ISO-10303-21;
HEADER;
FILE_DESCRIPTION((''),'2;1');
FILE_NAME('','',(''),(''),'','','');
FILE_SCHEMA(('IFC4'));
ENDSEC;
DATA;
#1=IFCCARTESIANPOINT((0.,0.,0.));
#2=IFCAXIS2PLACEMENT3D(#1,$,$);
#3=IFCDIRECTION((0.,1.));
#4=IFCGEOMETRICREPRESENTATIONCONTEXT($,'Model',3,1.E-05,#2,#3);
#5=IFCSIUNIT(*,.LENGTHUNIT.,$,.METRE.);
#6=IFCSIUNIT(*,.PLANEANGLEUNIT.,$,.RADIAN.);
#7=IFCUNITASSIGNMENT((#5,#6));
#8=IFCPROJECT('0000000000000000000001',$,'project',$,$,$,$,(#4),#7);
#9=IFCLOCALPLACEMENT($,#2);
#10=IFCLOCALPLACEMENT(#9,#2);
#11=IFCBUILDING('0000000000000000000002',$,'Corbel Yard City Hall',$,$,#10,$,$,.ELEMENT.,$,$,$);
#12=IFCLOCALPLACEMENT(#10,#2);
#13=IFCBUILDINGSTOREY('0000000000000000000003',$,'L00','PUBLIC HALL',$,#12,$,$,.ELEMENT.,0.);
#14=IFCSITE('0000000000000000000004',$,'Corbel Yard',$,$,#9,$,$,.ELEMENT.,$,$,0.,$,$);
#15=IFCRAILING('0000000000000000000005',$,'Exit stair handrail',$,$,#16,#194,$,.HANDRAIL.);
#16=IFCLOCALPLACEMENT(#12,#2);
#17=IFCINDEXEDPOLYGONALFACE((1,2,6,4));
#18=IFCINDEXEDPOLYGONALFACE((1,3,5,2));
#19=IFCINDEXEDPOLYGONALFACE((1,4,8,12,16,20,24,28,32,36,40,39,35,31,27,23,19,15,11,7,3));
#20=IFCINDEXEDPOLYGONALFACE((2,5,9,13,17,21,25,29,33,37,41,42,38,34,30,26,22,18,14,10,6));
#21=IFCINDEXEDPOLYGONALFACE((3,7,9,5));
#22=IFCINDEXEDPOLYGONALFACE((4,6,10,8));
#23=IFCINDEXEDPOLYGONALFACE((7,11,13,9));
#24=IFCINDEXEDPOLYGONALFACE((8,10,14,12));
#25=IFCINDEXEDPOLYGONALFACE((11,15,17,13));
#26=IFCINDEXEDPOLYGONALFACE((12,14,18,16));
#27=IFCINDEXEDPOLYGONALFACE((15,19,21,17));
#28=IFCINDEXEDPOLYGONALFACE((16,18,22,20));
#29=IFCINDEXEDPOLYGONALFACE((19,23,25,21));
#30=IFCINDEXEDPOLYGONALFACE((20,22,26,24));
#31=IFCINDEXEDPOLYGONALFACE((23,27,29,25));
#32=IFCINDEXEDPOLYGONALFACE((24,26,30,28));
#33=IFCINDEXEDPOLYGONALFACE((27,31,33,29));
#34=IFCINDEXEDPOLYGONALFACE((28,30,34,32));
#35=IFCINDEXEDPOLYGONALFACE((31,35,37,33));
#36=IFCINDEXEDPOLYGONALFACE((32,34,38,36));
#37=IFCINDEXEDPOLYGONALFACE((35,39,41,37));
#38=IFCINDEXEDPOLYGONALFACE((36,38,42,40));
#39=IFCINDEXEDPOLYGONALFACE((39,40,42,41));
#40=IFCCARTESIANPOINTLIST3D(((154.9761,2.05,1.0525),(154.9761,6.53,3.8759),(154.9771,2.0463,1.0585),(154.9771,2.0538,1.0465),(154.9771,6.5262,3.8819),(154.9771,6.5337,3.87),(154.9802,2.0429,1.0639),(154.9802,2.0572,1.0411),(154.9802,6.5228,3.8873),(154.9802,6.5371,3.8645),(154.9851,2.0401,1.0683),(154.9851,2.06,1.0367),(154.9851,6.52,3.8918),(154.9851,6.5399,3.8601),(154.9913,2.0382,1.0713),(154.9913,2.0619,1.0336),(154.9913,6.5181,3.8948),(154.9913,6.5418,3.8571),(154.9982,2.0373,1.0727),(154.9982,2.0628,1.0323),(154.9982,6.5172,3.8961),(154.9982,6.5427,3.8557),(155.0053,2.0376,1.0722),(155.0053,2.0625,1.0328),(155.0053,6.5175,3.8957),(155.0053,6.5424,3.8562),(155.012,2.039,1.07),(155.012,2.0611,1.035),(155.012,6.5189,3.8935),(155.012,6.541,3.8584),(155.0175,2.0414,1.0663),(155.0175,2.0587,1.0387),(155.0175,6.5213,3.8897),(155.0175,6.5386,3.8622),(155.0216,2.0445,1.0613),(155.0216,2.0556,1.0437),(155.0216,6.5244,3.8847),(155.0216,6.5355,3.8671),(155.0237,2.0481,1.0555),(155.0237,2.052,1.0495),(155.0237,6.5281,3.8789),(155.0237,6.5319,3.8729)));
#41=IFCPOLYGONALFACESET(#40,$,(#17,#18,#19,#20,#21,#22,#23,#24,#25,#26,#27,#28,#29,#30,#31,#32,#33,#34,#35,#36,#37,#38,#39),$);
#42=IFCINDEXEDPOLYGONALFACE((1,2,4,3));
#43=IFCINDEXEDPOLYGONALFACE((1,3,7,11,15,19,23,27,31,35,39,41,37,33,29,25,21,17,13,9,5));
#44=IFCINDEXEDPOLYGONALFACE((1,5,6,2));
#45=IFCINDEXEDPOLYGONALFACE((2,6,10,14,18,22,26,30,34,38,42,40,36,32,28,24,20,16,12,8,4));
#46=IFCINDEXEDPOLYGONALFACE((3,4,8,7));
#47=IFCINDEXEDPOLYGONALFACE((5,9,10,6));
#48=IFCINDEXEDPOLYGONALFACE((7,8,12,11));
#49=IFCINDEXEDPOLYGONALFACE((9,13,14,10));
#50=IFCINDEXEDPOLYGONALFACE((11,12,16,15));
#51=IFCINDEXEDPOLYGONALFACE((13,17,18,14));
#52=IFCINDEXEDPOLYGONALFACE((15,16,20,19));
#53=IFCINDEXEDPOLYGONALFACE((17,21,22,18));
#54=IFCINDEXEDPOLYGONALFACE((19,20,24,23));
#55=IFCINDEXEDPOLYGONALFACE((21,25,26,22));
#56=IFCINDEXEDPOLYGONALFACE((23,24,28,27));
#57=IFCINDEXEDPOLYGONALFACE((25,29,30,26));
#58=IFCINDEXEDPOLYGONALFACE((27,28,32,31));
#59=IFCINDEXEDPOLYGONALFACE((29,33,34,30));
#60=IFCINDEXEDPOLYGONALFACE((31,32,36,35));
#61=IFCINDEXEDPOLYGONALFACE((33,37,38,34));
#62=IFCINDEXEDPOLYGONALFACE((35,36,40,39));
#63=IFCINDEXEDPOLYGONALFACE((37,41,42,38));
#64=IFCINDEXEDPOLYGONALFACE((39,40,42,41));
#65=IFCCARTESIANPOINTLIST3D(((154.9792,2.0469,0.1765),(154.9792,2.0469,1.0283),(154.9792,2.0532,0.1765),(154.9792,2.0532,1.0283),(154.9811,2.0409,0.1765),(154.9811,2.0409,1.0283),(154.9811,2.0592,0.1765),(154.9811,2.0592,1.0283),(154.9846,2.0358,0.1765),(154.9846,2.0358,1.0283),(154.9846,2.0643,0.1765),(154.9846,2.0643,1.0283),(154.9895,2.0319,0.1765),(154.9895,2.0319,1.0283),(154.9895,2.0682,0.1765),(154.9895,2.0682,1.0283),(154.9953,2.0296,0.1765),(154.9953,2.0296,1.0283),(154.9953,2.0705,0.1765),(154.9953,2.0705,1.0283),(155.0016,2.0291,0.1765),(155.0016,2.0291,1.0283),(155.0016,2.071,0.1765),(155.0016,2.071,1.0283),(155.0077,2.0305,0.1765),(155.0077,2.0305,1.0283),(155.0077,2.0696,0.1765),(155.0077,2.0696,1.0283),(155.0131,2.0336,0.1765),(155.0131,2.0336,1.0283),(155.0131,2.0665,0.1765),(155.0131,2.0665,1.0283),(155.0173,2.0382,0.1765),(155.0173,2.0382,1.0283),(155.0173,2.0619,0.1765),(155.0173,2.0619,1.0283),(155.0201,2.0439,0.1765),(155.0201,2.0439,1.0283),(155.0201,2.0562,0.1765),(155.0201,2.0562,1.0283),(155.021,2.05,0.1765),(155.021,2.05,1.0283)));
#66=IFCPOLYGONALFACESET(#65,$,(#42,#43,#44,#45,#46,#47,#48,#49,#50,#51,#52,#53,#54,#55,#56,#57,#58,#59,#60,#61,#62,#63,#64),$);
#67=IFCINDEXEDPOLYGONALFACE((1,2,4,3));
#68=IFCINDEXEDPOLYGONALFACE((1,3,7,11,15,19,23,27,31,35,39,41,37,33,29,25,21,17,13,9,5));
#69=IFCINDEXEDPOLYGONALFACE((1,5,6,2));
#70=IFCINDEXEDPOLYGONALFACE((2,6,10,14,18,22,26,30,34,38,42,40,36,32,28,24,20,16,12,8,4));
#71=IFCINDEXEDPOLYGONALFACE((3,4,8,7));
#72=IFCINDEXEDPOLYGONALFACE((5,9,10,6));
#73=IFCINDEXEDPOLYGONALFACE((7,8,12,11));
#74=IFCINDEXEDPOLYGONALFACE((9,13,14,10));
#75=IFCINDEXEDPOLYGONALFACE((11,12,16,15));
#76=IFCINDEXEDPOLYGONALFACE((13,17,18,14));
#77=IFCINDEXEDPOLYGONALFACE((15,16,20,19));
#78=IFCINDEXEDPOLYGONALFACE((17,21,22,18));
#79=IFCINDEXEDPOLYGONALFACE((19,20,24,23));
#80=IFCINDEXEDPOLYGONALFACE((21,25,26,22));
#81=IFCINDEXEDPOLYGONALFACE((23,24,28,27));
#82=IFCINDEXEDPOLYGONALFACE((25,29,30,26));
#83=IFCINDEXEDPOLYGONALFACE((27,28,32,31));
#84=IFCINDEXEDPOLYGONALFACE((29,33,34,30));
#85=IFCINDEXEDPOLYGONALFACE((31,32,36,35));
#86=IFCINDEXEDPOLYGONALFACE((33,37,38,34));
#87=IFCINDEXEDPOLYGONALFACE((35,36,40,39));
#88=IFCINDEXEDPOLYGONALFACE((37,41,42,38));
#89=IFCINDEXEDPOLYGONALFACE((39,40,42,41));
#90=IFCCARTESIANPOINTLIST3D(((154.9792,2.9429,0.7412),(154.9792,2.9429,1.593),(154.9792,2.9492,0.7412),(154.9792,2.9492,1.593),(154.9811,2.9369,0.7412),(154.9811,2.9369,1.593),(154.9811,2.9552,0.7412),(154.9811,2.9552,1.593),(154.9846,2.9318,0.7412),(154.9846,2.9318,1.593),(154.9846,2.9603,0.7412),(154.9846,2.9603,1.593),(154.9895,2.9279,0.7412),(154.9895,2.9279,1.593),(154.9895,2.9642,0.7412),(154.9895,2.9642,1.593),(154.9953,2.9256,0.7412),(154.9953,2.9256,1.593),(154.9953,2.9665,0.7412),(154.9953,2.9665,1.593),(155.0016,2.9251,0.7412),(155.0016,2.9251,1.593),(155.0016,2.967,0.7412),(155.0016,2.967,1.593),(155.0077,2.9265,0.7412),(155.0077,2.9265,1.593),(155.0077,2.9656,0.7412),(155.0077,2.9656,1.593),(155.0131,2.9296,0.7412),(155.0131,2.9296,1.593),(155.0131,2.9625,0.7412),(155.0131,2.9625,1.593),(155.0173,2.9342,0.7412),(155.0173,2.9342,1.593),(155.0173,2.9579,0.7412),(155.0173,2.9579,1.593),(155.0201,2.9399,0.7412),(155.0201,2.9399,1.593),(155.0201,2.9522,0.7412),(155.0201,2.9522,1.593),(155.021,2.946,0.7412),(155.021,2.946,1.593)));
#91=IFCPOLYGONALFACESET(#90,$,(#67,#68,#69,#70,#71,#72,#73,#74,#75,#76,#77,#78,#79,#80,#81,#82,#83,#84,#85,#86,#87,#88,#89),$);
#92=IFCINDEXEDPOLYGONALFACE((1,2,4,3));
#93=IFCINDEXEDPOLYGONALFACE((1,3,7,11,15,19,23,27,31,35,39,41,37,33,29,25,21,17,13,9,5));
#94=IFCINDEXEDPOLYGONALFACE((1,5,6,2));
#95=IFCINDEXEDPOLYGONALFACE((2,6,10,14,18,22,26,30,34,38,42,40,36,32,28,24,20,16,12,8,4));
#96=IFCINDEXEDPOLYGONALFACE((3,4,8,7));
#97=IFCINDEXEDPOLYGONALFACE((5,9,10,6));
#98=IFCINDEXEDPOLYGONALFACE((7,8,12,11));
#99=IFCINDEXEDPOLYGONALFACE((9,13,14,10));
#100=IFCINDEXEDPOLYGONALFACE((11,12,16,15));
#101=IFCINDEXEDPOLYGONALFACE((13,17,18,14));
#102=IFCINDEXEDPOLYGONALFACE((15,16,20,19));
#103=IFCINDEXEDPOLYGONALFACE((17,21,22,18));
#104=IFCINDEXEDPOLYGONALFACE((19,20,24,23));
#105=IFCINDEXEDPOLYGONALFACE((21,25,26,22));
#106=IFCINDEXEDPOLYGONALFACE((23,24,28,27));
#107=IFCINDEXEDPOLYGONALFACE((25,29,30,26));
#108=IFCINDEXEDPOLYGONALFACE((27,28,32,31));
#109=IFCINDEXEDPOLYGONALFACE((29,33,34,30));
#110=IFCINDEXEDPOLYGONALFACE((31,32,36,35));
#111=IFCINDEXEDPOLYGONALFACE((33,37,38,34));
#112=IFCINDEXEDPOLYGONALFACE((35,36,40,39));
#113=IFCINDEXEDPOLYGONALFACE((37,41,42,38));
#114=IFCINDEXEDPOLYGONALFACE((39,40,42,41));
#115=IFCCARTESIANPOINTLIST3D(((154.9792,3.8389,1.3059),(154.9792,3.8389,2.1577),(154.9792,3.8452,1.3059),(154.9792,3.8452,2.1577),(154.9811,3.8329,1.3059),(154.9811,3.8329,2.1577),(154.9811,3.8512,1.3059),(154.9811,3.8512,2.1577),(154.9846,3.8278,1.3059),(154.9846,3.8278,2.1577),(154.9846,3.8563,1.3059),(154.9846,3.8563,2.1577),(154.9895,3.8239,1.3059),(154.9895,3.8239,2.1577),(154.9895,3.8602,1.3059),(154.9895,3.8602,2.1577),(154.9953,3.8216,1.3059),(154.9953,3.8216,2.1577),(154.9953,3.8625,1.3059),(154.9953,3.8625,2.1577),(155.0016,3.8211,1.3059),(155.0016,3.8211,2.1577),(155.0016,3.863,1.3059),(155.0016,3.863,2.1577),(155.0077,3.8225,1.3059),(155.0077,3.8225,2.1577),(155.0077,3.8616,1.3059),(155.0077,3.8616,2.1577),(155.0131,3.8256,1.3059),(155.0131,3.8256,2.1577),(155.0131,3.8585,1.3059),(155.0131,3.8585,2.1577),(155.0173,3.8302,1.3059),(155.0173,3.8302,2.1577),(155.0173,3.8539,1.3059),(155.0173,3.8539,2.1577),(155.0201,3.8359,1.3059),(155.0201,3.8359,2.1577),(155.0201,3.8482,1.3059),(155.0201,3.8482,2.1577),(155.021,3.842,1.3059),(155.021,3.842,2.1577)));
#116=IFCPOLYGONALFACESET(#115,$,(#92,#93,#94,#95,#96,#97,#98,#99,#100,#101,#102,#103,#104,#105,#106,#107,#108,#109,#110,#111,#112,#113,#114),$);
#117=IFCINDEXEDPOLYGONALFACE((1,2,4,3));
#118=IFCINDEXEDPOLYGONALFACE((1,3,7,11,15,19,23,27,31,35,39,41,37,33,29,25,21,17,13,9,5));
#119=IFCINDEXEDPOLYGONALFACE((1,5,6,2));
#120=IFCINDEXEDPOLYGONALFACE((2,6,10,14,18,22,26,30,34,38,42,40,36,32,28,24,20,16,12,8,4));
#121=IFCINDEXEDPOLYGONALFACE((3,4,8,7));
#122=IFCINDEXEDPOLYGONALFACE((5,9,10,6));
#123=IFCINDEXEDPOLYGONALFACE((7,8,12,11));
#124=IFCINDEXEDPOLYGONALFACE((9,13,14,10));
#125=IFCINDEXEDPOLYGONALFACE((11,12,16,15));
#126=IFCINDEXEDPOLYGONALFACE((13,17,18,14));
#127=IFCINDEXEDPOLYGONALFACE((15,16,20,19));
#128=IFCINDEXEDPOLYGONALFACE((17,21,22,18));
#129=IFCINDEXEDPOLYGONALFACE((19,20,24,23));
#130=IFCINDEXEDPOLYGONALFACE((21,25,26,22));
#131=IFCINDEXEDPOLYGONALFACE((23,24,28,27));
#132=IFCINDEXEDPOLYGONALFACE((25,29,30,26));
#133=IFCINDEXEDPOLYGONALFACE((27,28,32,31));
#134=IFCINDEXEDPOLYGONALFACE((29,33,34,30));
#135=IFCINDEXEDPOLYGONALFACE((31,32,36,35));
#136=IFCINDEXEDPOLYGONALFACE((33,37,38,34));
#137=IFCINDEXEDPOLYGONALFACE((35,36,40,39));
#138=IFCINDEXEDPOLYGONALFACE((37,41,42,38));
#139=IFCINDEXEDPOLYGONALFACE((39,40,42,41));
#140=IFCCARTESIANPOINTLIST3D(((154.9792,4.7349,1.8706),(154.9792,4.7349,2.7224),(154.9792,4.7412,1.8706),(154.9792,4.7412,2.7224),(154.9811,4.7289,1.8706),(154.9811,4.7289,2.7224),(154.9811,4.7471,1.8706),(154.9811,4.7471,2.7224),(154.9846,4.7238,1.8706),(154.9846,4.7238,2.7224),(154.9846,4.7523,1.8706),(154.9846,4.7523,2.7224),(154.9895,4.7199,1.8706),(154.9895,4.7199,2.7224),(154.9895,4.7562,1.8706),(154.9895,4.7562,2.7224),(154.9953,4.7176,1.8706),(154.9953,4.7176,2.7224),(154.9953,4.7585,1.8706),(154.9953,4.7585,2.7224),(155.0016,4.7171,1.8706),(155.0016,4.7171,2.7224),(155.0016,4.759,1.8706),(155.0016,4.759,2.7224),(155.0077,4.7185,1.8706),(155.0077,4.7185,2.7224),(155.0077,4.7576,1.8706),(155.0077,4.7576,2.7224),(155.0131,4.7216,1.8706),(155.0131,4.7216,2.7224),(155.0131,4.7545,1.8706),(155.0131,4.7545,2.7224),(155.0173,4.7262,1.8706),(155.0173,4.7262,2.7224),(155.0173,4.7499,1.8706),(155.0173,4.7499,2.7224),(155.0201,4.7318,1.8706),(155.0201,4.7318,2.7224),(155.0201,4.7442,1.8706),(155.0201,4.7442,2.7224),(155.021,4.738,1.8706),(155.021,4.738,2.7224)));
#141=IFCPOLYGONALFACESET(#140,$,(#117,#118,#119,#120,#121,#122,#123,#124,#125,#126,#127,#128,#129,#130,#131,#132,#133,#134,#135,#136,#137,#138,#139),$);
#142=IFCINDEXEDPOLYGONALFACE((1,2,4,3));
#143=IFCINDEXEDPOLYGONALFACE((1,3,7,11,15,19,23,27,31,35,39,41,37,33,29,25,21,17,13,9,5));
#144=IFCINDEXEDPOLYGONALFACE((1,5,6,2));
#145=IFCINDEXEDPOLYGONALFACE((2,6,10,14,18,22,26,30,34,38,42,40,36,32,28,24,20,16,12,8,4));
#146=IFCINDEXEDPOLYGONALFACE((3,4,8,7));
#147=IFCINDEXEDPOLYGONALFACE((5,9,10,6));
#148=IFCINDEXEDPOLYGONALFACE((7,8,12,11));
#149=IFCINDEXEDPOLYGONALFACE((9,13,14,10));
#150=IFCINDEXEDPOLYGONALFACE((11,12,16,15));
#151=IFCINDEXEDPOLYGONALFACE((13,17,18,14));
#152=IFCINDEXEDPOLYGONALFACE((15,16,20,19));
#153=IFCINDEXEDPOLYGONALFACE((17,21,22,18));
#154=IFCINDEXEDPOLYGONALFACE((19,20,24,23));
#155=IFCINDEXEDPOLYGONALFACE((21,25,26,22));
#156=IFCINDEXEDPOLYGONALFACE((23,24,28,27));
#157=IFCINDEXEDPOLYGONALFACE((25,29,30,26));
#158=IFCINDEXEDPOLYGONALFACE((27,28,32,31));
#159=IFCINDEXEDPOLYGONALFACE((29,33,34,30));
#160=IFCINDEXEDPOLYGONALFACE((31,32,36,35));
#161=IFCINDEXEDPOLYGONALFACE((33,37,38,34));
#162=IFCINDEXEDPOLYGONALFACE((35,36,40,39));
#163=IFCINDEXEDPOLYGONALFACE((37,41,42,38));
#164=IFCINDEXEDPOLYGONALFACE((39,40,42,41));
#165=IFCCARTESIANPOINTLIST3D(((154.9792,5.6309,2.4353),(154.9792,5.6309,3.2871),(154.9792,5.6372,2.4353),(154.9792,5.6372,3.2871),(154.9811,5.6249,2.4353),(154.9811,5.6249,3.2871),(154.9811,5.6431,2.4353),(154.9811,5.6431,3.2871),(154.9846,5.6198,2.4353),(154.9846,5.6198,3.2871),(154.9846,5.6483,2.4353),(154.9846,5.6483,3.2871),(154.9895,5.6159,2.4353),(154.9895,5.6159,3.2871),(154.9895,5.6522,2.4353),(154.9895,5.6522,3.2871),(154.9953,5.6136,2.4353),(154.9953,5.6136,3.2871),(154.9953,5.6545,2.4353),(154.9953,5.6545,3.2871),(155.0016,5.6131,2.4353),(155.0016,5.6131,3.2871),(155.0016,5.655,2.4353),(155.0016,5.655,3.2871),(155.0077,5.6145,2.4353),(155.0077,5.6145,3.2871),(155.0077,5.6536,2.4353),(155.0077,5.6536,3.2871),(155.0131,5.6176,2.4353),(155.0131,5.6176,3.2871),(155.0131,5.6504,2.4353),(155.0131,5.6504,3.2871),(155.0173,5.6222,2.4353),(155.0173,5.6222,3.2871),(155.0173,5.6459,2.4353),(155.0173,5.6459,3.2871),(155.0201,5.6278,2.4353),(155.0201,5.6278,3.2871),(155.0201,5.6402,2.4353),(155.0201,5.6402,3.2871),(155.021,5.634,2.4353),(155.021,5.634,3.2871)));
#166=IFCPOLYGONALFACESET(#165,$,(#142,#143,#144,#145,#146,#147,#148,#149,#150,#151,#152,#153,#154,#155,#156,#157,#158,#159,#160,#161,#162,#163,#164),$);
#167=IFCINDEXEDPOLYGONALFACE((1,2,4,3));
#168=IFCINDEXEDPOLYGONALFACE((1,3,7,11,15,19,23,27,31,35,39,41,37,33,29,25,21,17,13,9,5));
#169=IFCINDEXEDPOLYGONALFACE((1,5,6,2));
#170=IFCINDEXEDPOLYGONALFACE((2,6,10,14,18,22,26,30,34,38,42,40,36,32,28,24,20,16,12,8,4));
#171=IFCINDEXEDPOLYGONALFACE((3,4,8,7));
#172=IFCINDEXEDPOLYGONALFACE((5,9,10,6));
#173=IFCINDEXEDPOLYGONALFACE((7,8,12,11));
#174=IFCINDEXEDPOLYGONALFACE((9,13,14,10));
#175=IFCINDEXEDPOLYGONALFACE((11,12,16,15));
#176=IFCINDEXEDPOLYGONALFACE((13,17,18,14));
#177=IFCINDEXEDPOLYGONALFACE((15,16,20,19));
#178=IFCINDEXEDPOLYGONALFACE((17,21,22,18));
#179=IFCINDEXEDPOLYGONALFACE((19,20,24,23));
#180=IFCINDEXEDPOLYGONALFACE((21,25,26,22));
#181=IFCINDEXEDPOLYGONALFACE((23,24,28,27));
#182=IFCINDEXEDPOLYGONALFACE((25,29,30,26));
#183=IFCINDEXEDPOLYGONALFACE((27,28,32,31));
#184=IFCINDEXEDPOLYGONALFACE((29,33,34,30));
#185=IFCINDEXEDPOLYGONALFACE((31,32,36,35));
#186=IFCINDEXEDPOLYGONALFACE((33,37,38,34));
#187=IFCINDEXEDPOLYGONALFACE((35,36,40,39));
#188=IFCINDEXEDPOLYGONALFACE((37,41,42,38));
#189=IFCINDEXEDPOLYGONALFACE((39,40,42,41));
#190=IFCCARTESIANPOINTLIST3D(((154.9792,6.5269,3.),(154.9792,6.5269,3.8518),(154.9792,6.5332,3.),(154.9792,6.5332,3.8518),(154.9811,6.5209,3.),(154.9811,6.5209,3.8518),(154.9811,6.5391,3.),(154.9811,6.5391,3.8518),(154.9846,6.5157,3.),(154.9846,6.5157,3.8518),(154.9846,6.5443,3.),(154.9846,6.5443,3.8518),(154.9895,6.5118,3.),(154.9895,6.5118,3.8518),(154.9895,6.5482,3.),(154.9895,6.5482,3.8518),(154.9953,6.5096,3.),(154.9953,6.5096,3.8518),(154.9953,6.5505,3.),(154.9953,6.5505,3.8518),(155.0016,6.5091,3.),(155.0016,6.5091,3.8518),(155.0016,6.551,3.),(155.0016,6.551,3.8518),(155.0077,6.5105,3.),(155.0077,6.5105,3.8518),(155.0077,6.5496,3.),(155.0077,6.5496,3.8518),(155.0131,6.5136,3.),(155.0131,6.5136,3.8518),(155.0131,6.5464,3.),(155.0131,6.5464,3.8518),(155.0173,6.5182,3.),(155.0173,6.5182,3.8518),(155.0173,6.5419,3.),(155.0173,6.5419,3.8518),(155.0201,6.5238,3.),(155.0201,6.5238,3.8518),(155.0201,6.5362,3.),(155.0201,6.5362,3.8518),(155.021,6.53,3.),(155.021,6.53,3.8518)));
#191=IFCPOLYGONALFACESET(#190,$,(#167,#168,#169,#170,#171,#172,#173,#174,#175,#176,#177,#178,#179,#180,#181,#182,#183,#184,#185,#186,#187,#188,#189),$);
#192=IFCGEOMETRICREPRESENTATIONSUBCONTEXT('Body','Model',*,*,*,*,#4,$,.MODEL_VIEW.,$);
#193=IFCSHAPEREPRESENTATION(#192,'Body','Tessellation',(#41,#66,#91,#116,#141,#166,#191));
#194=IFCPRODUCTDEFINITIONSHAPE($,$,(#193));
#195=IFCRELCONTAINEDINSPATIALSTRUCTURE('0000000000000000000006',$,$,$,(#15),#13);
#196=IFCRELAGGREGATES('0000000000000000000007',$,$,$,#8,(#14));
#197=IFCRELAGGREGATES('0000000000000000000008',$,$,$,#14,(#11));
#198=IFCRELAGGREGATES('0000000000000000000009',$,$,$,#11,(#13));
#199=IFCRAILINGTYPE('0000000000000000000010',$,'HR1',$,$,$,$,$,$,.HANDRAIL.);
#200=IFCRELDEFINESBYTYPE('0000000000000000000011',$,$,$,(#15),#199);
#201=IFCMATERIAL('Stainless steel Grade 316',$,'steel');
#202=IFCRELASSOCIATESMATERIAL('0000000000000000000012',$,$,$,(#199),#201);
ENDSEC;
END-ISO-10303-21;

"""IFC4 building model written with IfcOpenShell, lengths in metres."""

from ifc_helpers import new_model, si_unit, direction, frame, origin, origin_2d, place, context, subcontext, project, spatial, circle, extrude, material, type_object, element, save


model = new_model("IFC4")

# Units and contexts
model_context = context("Model", 3, precision=1e-05, world=origin(), true_north=direction((0.0, 1.0)))
body_context = subcontext(model_context, "Body", "Model", "MODEL_VIEW")
ifc_project = project(units=[si_unit("LENGTHUNIT", "METRE"), si_unit("PLANEANGLEUNIT", "RADIAN")], contexts=[model_context])

# Site, building, storey
site_placement = place(None, origin())
site = spatial("IfcSite", under=ifc_project, at=site_placement, Name="Corbel Yard", CompositionType="ELEMENT", RefElevation=0.0)
building_placement = place(site_placement, origin())
building = spatial("IfcBuilding", under=site, at=building_placement, Name="Corbel Yard City Hall", CompositionType="ELEMENT")
storey_placement = place(building_placement, origin())
storey = spatial("IfcBuildingStorey", under=building, at=storey_placement, Name="L00", Description="PUBLIC HALL", CompositionType="ELEMENT", Elevation=0.0)

# Shared definitions
ifc_material_1 = material(Name="Stainless steel Grade 316", Category="steel")

# Railing
railing_type = type_object("IfcRailingType", Name="HR1", PredefinedType="HANDRAIL", material=ifc_material_1)
for number, where, name in (
    (1, (155.0, 2.05, 0.1765), "Exit stair handrail"),
):
    element("IfcRailing", number, at=place(storey_placement, frame(where)), inside=storey, type_object=railing_type, Name=name, PredefinedType="HANDRAIL", context=body_context, shape_type="SweptSolid", body=[
        extrude(circle(Radius=0.0239, at=origin_2d()), frame((0.0, 0.0, 0.876), z_axis=(0.0, 0.845998, 0.533186), x_axis=(-1.0, 0.0, 0.0)), (0.0, 0.0, 1.0), 5.2954),
        extrude(circle(Radius=0.021, at=origin_2d()), origin(), (0.0, 0.0, 1.0), 0.8518),
        extrude(circle(Radius=0.021, at=origin_2d()), frame((0.0, 0.896, 0.5647)), (0.0, 0.0, 1.0), 0.8518),
        extrude(circle(Radius=0.021, at=origin_2d()), frame((0.0, 1.792, 1.1294)), (0.0, 0.0, 1.0), 0.8518),
        extrude(circle(Radius=0.021, at=origin_2d()), frame((0.0, 2.688, 1.6941)), (0.0, 0.0, 1.0), 0.8518),
        extrude(circle(Radius=0.021, at=origin_2d()), frame((0.0, 3.584, 2.2588)), (0.0, 0.0, 1.0), 0.8518),
        extrude(circle(Radius=0.021, at=origin_2d()), frame((0.0, 4.48, 2.8235)), (0.0, 0.0, 1.0), 0.8518),
    ])

save(model, "model.ifc")
